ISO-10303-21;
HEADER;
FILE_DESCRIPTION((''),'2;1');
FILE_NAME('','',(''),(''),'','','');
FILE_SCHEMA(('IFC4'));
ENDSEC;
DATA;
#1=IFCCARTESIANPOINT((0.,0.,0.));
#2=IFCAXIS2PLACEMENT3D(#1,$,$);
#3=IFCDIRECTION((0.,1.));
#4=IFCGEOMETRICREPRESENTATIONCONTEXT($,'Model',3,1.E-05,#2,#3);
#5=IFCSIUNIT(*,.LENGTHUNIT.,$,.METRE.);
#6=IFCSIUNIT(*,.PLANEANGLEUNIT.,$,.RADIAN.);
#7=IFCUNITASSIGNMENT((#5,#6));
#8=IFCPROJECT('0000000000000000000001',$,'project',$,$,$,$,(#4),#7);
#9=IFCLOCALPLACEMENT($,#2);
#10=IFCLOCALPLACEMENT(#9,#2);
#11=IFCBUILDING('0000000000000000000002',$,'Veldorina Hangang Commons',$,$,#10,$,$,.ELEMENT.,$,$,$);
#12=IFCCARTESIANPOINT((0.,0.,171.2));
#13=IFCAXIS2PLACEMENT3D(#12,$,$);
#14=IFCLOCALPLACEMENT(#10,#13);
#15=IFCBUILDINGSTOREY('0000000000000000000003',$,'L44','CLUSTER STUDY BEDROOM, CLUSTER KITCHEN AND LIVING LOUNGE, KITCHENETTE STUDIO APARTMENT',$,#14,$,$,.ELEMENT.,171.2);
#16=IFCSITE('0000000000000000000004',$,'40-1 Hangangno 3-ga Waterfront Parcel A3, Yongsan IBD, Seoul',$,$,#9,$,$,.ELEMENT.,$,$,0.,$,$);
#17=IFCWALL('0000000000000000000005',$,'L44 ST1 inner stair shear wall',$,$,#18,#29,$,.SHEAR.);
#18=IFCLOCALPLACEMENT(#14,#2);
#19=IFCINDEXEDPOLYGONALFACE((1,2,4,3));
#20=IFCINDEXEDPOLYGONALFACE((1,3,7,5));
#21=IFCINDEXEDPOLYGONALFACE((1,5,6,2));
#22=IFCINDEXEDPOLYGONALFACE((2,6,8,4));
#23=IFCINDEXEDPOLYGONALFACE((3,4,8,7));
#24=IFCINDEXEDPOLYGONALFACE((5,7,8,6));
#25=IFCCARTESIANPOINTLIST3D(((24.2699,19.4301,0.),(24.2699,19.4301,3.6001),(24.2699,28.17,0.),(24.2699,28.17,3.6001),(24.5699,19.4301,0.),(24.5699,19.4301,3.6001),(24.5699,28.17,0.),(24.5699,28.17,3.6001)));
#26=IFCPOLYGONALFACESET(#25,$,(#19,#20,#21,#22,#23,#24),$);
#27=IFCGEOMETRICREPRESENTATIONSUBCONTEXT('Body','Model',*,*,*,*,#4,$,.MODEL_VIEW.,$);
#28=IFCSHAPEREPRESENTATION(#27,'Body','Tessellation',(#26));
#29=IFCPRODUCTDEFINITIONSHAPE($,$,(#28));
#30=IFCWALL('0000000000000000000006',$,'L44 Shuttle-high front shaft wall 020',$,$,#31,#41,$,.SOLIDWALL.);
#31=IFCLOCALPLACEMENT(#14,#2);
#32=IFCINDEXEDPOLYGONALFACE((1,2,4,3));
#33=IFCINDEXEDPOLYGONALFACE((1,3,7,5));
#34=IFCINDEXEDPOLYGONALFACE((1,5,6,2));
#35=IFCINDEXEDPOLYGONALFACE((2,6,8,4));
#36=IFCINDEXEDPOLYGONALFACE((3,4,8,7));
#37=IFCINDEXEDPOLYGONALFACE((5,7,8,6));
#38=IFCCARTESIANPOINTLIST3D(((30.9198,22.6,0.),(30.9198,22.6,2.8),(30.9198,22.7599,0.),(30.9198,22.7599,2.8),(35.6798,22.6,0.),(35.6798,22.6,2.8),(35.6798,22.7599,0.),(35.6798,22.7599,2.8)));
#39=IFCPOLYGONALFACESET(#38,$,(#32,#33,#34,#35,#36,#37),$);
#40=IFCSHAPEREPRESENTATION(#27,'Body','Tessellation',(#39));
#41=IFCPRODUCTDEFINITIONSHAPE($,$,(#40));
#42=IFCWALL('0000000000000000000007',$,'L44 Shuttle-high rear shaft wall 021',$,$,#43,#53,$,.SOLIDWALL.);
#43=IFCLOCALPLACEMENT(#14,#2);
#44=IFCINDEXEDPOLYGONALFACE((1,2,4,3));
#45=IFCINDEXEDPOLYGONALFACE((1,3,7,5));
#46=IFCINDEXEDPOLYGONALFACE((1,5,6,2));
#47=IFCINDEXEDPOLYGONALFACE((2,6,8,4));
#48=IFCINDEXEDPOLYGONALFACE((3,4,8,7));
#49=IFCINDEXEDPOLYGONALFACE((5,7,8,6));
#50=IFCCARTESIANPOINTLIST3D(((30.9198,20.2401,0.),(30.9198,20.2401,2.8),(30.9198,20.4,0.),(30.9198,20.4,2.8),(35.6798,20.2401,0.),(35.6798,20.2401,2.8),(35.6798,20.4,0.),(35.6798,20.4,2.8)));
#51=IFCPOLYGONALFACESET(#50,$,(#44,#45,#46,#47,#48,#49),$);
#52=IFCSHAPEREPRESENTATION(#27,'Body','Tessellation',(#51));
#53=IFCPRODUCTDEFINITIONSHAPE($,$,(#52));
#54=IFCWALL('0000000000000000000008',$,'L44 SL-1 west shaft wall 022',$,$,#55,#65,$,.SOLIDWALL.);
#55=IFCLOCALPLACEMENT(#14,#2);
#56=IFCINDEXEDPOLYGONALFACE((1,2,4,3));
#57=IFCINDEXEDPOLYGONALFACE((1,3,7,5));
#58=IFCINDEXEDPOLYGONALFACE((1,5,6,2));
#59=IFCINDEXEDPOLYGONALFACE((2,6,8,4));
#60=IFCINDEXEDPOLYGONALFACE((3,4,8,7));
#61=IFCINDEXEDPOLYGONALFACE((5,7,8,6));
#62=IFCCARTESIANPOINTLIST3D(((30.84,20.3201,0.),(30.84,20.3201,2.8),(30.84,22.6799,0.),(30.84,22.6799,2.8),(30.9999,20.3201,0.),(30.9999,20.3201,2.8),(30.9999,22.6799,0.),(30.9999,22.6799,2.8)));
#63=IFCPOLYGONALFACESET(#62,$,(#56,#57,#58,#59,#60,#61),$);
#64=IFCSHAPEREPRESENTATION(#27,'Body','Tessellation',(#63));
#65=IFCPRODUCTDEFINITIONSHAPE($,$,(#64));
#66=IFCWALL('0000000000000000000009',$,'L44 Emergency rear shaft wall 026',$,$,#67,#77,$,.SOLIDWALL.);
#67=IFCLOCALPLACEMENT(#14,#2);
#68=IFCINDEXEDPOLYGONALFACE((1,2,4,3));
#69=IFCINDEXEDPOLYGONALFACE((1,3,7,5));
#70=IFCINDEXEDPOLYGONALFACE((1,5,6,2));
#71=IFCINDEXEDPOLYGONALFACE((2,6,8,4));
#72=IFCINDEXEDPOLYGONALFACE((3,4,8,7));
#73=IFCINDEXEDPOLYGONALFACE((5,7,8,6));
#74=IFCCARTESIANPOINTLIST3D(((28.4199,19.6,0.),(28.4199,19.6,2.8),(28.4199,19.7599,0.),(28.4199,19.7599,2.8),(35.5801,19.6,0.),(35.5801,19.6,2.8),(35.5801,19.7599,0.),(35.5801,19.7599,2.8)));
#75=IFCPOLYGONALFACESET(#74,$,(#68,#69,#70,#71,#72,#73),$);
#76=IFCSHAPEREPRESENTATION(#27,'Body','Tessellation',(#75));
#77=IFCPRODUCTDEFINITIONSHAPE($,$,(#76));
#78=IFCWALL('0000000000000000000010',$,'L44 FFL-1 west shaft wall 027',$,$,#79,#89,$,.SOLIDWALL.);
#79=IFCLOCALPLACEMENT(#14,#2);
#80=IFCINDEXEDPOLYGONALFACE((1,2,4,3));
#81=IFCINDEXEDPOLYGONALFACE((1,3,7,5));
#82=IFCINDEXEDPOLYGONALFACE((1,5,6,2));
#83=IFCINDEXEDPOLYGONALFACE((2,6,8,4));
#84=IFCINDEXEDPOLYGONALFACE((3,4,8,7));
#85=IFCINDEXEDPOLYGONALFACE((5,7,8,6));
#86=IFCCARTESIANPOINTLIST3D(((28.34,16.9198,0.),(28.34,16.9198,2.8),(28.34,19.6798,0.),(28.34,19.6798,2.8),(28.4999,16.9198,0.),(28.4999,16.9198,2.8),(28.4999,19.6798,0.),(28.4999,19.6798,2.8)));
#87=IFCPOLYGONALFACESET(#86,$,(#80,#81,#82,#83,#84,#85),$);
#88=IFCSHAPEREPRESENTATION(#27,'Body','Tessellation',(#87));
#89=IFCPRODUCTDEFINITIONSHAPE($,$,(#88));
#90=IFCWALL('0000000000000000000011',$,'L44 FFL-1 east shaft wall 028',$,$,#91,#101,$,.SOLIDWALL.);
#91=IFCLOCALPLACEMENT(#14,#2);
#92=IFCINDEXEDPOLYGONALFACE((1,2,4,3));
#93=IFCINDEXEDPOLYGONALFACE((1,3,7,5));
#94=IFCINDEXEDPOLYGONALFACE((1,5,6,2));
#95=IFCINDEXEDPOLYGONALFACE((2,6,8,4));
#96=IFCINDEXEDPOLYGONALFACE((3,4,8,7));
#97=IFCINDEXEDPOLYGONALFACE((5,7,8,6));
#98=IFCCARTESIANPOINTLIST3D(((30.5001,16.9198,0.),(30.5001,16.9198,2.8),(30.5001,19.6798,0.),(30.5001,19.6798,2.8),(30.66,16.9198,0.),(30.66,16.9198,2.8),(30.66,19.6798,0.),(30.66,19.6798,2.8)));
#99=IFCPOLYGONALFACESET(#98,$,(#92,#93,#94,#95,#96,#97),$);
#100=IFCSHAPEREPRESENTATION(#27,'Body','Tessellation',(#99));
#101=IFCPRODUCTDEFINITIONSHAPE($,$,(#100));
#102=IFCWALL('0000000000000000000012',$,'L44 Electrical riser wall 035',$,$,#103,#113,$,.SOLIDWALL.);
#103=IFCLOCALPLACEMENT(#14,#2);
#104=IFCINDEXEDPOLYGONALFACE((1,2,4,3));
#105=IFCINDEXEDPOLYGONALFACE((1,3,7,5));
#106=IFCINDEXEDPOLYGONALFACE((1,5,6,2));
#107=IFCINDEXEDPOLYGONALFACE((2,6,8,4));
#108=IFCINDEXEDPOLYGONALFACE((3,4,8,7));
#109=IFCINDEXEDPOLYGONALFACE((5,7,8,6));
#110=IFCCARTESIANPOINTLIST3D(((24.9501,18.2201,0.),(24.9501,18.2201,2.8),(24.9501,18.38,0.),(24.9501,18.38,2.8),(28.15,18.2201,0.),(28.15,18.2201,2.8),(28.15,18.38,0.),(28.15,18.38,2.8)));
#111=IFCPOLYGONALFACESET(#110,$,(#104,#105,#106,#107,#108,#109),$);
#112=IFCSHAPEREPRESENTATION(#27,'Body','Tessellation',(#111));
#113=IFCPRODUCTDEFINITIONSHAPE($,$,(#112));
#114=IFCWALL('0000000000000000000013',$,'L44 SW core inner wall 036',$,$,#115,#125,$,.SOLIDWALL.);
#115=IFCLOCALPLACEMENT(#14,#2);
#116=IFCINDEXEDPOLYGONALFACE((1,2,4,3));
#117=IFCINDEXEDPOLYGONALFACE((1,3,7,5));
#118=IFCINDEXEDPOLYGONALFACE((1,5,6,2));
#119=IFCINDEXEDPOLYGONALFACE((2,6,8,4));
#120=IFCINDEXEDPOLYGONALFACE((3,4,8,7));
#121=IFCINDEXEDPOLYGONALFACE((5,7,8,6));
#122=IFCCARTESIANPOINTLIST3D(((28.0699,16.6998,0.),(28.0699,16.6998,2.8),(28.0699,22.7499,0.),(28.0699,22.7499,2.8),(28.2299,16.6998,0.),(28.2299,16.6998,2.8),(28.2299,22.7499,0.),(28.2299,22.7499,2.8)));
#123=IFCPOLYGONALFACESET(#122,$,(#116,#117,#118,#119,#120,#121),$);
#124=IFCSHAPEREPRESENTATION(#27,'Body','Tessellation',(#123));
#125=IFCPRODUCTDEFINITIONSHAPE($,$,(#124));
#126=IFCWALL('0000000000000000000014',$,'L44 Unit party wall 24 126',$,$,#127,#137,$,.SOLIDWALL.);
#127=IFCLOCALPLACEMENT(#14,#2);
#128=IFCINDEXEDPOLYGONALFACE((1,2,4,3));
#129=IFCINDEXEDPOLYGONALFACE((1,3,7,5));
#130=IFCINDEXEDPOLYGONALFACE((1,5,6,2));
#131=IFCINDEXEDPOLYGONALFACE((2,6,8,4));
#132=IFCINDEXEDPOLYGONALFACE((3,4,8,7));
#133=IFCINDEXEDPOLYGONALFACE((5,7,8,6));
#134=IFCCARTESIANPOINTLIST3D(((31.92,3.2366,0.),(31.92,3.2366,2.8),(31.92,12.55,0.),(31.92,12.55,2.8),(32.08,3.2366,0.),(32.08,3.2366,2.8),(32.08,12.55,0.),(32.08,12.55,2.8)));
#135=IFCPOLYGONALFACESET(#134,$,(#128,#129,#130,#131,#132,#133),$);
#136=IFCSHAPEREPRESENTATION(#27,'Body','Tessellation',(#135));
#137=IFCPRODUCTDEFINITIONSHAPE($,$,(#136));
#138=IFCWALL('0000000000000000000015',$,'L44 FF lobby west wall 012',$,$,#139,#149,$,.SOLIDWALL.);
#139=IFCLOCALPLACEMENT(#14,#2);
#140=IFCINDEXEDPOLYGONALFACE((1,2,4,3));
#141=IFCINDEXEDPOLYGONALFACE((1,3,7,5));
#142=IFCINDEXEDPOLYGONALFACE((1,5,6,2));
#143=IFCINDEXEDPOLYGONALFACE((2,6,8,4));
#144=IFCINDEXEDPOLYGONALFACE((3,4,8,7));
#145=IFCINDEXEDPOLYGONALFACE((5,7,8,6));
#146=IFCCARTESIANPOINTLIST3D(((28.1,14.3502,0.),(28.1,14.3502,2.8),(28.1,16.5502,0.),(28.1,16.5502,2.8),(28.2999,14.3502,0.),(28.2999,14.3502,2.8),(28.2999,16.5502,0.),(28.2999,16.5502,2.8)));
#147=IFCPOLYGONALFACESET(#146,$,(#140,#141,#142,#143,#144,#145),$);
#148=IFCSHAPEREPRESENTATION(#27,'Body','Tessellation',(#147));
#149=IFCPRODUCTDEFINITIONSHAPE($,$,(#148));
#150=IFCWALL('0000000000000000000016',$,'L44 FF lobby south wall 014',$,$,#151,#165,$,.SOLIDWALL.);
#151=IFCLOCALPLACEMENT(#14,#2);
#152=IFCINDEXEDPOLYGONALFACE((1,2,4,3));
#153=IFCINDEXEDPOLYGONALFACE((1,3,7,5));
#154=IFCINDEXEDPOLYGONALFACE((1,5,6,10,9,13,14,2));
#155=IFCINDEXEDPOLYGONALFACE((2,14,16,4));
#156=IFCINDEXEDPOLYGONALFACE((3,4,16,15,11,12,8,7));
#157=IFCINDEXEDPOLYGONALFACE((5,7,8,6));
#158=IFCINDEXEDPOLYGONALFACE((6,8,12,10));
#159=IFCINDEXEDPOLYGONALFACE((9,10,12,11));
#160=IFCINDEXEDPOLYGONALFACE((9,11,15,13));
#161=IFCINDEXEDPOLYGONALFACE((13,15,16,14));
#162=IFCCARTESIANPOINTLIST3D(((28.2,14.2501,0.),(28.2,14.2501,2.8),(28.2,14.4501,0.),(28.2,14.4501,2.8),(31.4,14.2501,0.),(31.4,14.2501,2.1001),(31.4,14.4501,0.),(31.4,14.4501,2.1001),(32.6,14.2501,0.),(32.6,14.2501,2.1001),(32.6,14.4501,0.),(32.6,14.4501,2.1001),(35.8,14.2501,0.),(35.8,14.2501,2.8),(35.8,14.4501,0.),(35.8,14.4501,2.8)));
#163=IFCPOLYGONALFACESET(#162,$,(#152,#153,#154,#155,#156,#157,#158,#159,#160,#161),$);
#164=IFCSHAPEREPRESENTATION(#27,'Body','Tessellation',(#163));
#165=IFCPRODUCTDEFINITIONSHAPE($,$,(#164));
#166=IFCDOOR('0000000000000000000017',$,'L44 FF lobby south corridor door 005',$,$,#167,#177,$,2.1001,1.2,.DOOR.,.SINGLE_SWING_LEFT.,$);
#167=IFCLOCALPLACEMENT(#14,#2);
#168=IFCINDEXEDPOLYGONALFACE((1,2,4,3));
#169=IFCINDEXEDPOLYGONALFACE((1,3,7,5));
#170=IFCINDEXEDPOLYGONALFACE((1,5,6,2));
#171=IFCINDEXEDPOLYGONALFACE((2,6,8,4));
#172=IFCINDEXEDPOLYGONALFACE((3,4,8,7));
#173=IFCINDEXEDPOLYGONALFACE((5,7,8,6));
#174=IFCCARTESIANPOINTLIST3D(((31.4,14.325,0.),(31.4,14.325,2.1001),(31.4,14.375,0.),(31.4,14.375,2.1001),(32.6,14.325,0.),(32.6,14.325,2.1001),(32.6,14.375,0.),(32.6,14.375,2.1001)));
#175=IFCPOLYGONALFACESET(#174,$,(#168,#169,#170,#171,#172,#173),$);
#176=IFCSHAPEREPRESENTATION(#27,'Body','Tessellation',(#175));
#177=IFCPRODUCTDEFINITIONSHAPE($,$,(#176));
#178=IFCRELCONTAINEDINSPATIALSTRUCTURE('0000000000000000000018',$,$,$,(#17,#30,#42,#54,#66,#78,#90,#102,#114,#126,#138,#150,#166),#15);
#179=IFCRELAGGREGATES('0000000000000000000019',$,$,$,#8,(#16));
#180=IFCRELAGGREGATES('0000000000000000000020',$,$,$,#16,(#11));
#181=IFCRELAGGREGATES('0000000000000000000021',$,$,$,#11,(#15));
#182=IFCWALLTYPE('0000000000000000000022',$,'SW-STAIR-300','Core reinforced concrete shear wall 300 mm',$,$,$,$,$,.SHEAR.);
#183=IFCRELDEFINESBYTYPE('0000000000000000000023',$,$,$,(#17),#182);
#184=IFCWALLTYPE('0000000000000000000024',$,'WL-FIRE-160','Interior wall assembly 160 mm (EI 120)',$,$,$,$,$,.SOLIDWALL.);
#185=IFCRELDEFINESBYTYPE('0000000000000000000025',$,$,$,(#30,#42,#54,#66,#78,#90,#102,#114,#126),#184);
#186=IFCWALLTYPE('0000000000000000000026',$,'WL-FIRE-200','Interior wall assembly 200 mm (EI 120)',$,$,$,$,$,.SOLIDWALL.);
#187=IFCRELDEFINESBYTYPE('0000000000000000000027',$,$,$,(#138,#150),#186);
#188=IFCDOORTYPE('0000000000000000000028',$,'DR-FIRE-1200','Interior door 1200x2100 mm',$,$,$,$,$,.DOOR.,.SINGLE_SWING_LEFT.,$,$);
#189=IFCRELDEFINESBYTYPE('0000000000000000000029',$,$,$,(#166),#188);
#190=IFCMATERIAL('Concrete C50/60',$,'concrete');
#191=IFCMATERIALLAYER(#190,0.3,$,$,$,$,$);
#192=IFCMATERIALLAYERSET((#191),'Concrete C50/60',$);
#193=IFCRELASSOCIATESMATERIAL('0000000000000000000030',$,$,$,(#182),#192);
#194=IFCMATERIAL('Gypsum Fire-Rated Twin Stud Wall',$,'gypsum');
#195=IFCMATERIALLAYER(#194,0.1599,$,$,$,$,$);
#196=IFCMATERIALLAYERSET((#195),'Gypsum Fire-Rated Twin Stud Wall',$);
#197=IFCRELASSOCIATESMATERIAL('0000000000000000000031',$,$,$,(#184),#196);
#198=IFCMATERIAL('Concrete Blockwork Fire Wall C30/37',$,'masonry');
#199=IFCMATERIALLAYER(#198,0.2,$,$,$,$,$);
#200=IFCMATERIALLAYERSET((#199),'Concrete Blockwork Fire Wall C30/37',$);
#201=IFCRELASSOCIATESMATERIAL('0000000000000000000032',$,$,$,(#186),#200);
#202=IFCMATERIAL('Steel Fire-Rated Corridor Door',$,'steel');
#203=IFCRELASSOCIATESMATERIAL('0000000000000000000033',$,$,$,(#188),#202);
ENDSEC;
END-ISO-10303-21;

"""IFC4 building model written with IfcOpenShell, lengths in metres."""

from ifc_helpers import new_model, si_unit, direction, frame, frame_2d, origin, place, context, subcontext, project, spatial, rectangle, extrude, material, layer, layer_set, type_object, element, fill, save


model = new_model("IFC4")

# Units and contexts
model_context = context("Model", 3, precision=1e-05, world=origin(), true_north=direction((0.0, 1.0)))
body_context = subcontext(model_context, "Body", "Model", "MODEL_VIEW")
ifc_project = project(units=[si_unit("LENGTHUNIT", "METRE"), si_unit("PLANEANGLEUNIT", "RADIAN")], contexts=[model_context])

# Site, building, storey
site_placement = place(None, origin())
site = spatial("IfcSite", under=ifc_project, at=site_placement, Name="40-1 Hangangno 3-ga Waterfront Parcel A3, Yongsan IBD, Seoul", CompositionType="ELEMENT", RefElevation=0.0)
building_placement = place(site_placement, origin())
building = spatial("IfcBuilding", under=site, at=building_placement, Name="Veldorina Hangang Commons", CompositionType="ELEMENT")
storey_placement = place(building_placement, frame((0.0, 0.0, 171.2)))
storey = spatial("IfcBuildingStorey", under=building, at=storey_placement, Name="L44", Description="CLUSTER STUDY BEDROOM, CLUSTER KITCHEN AND LIVING LOUNGE, KITCHENETTE STUDIO APARTMENT", CompositionType="ELEMENT", Elevation=171.2)

# Walls
ifc_material_1 = material(Name="Concrete C50/60", Category="concrete")
ifc_layer_1 = layer(ifc_material_1, 0.3)
ifc_layer_set_1 = layer_set([ifc_layer_1], Name="Concrete C50/60")
wall_type_1 = type_object("IfcWallType", Name="SW-STAIR-300", Description="Core reinforced concrete shear wall 300 mm", PredefinedType="SHEAR", material=ifc_layer_set_1)
wall_1_placement = place(storey_placement, frame((24.4199, 19.4299, 0.0), z_axis=(0.0, 0.0, 1.0), x_axis=(0.0, 1.0, 0.0)))
element("IfcWall", 1, at=wall_1_placement, inside=storey, type_object=wall_type_1, Name="L44 ST1 inner stair shear wall", PredefinedType="SHEAR", context=body_context, shape_type="SweptSolid", body=[
    extrude(rectangle(XDim=8.74, YDim=0.3, at=frame_2d((4.3701, 0.0))), origin(), (0.0, 0.0, 1.0), 3.6001),
])
ifc_material_2 = material(Name="Gypsum Fire-Rated Twin Stud Wall", Category="gypsum")
ifc_layer_2 = layer(ifc_material_2, 0.1599)
ifc_layer_set_2 = layer_set([ifc_layer_2], Name="Gypsum Fire-Rated Twin Stud Wall")
wall_type_2 = type_object("IfcWallType", Name="WL-FIRE-160", Description="Interior wall assembly 160 mm (EI 120)", PredefinedType="SOLIDWALL", material=ifc_layer_set_2)
for number, where, z_axis, x_axis, name in (
    (2, (30.9199, 22.6799, 0.0), (0.0, 0.0, 1.0), (1.0, 0.0, 0.0), "L44 Shuttle-high front shaft wall 020"),
    (3, (30.9199, 20.3201, 0.0), (0.0, 0.0, 1.0), (1.0, 0.0, 0.0), "L44 Shuttle-high rear shaft wall 021"),
):
    element("IfcWall", number, at=place(storey_placement, frame(where, z_axis=z_axis, x_axis=x_axis)), inside=storey, type_object=wall_type_2, Name=name, PredefinedType="SOLIDWALL", context=body_context, shape_type="SweptSolid", body=[
        extrude(rectangle(XDim=4.76, YDim=0.1599, at=frame_2d((2.3799, 0.0))), origin(), (0.0, 0.0, 1.0), 2.8),
    ])
wall_2_placement = place(storey_placement, frame((30.9199, 20.3201, 0.0), z_axis=(0.0, 0.0, 1.0), x_axis=(0.0, 1.0, 0.0)))
element("IfcWall", 4, at=wall_2_placement, inside=storey, type_object=wall_type_2, Name="L44 SL-1 west shaft wall 022", PredefinedType="SOLIDWALL", context=body_context, shape_type="SweptSolid", body=[
    extrude(rectangle(XDim=2.3599, YDim=0.1599, at=frame_2d((1.1799, 0.0))), origin(), (0.0, 0.0, 1.0), 2.8),
])

# Walls
wall_3_placement = place(storey_placement, frame((28.4199, 19.6799, 0.0), z_axis=(0.0, 0.0, 1.0), x_axis=(1.0, 0.0, 0.0)))
element("IfcWall", 5, at=wall_3_placement, inside=storey, type_object=wall_type_2, Name="L44 Emergency rear shaft wall 026", PredefinedType="SOLIDWALL", context=body_context, shape_type="SweptSolid", body=[
    extrude(rectangle(XDim=7.1602, YDim=0.1599, at=frame_2d((3.5801, 0.0))), origin(), (0.0, 0.0, 1.0), 2.8),
])
for number, where, z_axis, x_axis, name in (
    (6, (28.4199, 16.9199, 0.0), (0.0, 0.0, 1.0), (0.0, 1.0, 0.0), "L44 FFL-1 west shaft wall 027"),
    (7, (30.5801, 16.9199, 0.0), (0.0, 0.0, 1.0), (0.0, 1.0, 0.0), "L44 FFL-1 east shaft wall 028"),
):
    element("IfcWall", number, at=place(storey_placement, frame(where, z_axis=z_axis, x_axis=x_axis)), inside=storey, type_object=wall_type_2, Name=name, PredefinedType="SOLIDWALL", context=body_context, shape_type="SweptSolid", body=[
        extrude(rectangle(XDim=2.76, YDim=0.1599, at=frame_2d((1.3799, 0.0))), origin(), (0.0, 0.0, 1.0), 2.8),
    ])
wall_4_placement = place(storey_placement, frame((24.95, 18.3, 0.0), z_axis=(0.0, 0.0, 1.0), x_axis=(1.0, 0.0, 0.0)))
element("IfcWall", 8, at=wall_4_placement, inside=storey, type_object=wall_type_2, Name="L44 Electrical riser wall 035", PredefinedType="SOLIDWALL", context=body_context, shape_type="SweptSolid", body=[
    extrude(rectangle(XDim=3.2, YDim=0.1599, at=frame_2d((1.6001, 0.0))), origin(), (0.0, 0.0, 1.0), 2.8),
])
wall_5_placement = place(storey_placement, frame((28.1499, 16.7, 0.0), z_axis=(0.0, 0.0, 1.0), x_axis=(0.0, 1.0, 0.0)))
element("IfcWall", 9, at=wall_5_placement, inside=storey, type_object=wall_type_2, Name="L44 SW core inner wall 036", PredefinedType="SOLIDWALL", context=body_context, shape_type="SweptSolid", body=[
    extrude(rectangle(XDim=6.05, YDim=0.1599, at=frame_2d((3.0249, 0.0))), origin(), (0.0, 0.0, 1.0), 2.8),
])
wall_6_placement = place(storey_placement, frame((32.0, 12.55, 0.0), z_axis=(0.0, 0.0, 1.0), x_axis=(0.0, -1.0, 0.0)))
element("IfcWall", 10, at=wall_6_placement, inside=storey, type_object=wall_type_2, Name="L44 Unit party wall 24 126", PredefinedType="SOLIDWALL", context=body_context, shape_type="SweptSolid", body=[
    extrude(rectangle(XDim=9.3135, YDim=0.1599, at=frame_2d((4.6567, 0.0))), origin(), (0.0, 0.0, 1.0), 2.8),
])
ifc_material_3 = material(Name="Concrete Blockwork Fire Wall C30/37", Category="masonry")
ifc_layer_3 = layer(ifc_material_3, 0.2)
ifc_layer_set_3 = layer_set([ifc_layer_3], Name="Concrete Blockwork Fire Wall C30/37")
wall_type_3 = type_object("IfcWallType", Name="WL-FIRE-200", Description="Interior wall assembly 200 mm (EI 120)", PredefinedType="SOLIDWALL", material=ifc_layer_set_3)
wall_7_placement = place(storey_placement, frame((28.2, 14.3501, 0.0), z_axis=(0.0, 0.0, 1.0), x_axis=(0.0, 1.0, 0.0)))
element("IfcWall", 11, at=wall_7_placement, inside=storey, type_object=wall_type_3, Name="L44 FF lobby west wall 012", PredefinedType="SOLIDWALL", context=body_context, shape_type="SweptSolid", body=[
    extrude(rectangle(XDim=2.2, YDim=0.2, at=frame_2d((1.1001, 0.0))), origin(), (0.0, 0.0, 1.0), 2.8),
])

# Wall, opening, door
wall_8_placement = place(storey_placement, frame((28.2, 14.3501, 0.0), z_axis=(0.0, 0.0, 1.0), x_axis=(1.0, 0.0, 0.0)))
wall_8 = element("IfcWall", 12, at=wall_8_placement, inside=storey, type_object=wall_type_3, Name="L44 FF lobby south wall 014", PredefinedType="SOLIDWALL", context=body_context, shape_type="SweptSolid", body=[
    extrude(rectangle(XDim=7.6001, YDim=0.2, at=frame_2d((3.8, 0.0))), origin(), (0.0, 0.0, 1.0), 2.8),
])
opening_1_placement = place(wall_8_placement, frame((3.2, 0.0, 0.0)))
opening_1 = element("IfcOpeningElement", 13, at=opening_1_placement, cuts=wall_8, PredefinedType="OPENING", context=body_context, shape_type="SweptSolid", body=[
    extrude(rectangle(XDim=1.2, YDim=2.1001, at=frame_2d((0.6001, 1.05))), frame((0.0, 0.1099, 0.0), z_axis=(0.0, -1.0, 0.0), x_axis=(1.0, 0.0, 0.0)), (0.0, 0.0, 1.0), 0.22),
])
ifc_material_4 = material(Name="Steel Fire-Rated Corridor Door", Category="steel")
door_type_1 = type_object("IfcDoorType", Name="DR-FIRE-1200", Description="Interior door 1200x2100 mm", OperationType="SINGLE_SWING_LEFT", PredefinedType="DOOR", material=ifc_material_4)
door_1_placement = place(opening_1_placement, origin())
door_1 = element("IfcDoor", 14, at=door_1_placement, inside=storey, type_object=door_type_1, Name="L44 FF lobby south corridor door 005", OperationType="SINGLE_SWING_LEFT", OverallHeight=2.1001, OverallWidth=1.2, PredefinedType="DOOR", context=body_context, shape_type="SweptSolid", body=[
    extrude(rectangle(XDim=1.2, YDim=2.1001, at=frame_2d((0.6001, 1.05))), frame((0.0, 0.0249, 0.0), z_axis=(0.0, -1.0, 0.0), x_axis=(1.0, 0.0, 0.0)), (0.0, 0.0, 1.0), 0.05),
])
fill(opening_1, door_1)

save(model, "model.ifc")
